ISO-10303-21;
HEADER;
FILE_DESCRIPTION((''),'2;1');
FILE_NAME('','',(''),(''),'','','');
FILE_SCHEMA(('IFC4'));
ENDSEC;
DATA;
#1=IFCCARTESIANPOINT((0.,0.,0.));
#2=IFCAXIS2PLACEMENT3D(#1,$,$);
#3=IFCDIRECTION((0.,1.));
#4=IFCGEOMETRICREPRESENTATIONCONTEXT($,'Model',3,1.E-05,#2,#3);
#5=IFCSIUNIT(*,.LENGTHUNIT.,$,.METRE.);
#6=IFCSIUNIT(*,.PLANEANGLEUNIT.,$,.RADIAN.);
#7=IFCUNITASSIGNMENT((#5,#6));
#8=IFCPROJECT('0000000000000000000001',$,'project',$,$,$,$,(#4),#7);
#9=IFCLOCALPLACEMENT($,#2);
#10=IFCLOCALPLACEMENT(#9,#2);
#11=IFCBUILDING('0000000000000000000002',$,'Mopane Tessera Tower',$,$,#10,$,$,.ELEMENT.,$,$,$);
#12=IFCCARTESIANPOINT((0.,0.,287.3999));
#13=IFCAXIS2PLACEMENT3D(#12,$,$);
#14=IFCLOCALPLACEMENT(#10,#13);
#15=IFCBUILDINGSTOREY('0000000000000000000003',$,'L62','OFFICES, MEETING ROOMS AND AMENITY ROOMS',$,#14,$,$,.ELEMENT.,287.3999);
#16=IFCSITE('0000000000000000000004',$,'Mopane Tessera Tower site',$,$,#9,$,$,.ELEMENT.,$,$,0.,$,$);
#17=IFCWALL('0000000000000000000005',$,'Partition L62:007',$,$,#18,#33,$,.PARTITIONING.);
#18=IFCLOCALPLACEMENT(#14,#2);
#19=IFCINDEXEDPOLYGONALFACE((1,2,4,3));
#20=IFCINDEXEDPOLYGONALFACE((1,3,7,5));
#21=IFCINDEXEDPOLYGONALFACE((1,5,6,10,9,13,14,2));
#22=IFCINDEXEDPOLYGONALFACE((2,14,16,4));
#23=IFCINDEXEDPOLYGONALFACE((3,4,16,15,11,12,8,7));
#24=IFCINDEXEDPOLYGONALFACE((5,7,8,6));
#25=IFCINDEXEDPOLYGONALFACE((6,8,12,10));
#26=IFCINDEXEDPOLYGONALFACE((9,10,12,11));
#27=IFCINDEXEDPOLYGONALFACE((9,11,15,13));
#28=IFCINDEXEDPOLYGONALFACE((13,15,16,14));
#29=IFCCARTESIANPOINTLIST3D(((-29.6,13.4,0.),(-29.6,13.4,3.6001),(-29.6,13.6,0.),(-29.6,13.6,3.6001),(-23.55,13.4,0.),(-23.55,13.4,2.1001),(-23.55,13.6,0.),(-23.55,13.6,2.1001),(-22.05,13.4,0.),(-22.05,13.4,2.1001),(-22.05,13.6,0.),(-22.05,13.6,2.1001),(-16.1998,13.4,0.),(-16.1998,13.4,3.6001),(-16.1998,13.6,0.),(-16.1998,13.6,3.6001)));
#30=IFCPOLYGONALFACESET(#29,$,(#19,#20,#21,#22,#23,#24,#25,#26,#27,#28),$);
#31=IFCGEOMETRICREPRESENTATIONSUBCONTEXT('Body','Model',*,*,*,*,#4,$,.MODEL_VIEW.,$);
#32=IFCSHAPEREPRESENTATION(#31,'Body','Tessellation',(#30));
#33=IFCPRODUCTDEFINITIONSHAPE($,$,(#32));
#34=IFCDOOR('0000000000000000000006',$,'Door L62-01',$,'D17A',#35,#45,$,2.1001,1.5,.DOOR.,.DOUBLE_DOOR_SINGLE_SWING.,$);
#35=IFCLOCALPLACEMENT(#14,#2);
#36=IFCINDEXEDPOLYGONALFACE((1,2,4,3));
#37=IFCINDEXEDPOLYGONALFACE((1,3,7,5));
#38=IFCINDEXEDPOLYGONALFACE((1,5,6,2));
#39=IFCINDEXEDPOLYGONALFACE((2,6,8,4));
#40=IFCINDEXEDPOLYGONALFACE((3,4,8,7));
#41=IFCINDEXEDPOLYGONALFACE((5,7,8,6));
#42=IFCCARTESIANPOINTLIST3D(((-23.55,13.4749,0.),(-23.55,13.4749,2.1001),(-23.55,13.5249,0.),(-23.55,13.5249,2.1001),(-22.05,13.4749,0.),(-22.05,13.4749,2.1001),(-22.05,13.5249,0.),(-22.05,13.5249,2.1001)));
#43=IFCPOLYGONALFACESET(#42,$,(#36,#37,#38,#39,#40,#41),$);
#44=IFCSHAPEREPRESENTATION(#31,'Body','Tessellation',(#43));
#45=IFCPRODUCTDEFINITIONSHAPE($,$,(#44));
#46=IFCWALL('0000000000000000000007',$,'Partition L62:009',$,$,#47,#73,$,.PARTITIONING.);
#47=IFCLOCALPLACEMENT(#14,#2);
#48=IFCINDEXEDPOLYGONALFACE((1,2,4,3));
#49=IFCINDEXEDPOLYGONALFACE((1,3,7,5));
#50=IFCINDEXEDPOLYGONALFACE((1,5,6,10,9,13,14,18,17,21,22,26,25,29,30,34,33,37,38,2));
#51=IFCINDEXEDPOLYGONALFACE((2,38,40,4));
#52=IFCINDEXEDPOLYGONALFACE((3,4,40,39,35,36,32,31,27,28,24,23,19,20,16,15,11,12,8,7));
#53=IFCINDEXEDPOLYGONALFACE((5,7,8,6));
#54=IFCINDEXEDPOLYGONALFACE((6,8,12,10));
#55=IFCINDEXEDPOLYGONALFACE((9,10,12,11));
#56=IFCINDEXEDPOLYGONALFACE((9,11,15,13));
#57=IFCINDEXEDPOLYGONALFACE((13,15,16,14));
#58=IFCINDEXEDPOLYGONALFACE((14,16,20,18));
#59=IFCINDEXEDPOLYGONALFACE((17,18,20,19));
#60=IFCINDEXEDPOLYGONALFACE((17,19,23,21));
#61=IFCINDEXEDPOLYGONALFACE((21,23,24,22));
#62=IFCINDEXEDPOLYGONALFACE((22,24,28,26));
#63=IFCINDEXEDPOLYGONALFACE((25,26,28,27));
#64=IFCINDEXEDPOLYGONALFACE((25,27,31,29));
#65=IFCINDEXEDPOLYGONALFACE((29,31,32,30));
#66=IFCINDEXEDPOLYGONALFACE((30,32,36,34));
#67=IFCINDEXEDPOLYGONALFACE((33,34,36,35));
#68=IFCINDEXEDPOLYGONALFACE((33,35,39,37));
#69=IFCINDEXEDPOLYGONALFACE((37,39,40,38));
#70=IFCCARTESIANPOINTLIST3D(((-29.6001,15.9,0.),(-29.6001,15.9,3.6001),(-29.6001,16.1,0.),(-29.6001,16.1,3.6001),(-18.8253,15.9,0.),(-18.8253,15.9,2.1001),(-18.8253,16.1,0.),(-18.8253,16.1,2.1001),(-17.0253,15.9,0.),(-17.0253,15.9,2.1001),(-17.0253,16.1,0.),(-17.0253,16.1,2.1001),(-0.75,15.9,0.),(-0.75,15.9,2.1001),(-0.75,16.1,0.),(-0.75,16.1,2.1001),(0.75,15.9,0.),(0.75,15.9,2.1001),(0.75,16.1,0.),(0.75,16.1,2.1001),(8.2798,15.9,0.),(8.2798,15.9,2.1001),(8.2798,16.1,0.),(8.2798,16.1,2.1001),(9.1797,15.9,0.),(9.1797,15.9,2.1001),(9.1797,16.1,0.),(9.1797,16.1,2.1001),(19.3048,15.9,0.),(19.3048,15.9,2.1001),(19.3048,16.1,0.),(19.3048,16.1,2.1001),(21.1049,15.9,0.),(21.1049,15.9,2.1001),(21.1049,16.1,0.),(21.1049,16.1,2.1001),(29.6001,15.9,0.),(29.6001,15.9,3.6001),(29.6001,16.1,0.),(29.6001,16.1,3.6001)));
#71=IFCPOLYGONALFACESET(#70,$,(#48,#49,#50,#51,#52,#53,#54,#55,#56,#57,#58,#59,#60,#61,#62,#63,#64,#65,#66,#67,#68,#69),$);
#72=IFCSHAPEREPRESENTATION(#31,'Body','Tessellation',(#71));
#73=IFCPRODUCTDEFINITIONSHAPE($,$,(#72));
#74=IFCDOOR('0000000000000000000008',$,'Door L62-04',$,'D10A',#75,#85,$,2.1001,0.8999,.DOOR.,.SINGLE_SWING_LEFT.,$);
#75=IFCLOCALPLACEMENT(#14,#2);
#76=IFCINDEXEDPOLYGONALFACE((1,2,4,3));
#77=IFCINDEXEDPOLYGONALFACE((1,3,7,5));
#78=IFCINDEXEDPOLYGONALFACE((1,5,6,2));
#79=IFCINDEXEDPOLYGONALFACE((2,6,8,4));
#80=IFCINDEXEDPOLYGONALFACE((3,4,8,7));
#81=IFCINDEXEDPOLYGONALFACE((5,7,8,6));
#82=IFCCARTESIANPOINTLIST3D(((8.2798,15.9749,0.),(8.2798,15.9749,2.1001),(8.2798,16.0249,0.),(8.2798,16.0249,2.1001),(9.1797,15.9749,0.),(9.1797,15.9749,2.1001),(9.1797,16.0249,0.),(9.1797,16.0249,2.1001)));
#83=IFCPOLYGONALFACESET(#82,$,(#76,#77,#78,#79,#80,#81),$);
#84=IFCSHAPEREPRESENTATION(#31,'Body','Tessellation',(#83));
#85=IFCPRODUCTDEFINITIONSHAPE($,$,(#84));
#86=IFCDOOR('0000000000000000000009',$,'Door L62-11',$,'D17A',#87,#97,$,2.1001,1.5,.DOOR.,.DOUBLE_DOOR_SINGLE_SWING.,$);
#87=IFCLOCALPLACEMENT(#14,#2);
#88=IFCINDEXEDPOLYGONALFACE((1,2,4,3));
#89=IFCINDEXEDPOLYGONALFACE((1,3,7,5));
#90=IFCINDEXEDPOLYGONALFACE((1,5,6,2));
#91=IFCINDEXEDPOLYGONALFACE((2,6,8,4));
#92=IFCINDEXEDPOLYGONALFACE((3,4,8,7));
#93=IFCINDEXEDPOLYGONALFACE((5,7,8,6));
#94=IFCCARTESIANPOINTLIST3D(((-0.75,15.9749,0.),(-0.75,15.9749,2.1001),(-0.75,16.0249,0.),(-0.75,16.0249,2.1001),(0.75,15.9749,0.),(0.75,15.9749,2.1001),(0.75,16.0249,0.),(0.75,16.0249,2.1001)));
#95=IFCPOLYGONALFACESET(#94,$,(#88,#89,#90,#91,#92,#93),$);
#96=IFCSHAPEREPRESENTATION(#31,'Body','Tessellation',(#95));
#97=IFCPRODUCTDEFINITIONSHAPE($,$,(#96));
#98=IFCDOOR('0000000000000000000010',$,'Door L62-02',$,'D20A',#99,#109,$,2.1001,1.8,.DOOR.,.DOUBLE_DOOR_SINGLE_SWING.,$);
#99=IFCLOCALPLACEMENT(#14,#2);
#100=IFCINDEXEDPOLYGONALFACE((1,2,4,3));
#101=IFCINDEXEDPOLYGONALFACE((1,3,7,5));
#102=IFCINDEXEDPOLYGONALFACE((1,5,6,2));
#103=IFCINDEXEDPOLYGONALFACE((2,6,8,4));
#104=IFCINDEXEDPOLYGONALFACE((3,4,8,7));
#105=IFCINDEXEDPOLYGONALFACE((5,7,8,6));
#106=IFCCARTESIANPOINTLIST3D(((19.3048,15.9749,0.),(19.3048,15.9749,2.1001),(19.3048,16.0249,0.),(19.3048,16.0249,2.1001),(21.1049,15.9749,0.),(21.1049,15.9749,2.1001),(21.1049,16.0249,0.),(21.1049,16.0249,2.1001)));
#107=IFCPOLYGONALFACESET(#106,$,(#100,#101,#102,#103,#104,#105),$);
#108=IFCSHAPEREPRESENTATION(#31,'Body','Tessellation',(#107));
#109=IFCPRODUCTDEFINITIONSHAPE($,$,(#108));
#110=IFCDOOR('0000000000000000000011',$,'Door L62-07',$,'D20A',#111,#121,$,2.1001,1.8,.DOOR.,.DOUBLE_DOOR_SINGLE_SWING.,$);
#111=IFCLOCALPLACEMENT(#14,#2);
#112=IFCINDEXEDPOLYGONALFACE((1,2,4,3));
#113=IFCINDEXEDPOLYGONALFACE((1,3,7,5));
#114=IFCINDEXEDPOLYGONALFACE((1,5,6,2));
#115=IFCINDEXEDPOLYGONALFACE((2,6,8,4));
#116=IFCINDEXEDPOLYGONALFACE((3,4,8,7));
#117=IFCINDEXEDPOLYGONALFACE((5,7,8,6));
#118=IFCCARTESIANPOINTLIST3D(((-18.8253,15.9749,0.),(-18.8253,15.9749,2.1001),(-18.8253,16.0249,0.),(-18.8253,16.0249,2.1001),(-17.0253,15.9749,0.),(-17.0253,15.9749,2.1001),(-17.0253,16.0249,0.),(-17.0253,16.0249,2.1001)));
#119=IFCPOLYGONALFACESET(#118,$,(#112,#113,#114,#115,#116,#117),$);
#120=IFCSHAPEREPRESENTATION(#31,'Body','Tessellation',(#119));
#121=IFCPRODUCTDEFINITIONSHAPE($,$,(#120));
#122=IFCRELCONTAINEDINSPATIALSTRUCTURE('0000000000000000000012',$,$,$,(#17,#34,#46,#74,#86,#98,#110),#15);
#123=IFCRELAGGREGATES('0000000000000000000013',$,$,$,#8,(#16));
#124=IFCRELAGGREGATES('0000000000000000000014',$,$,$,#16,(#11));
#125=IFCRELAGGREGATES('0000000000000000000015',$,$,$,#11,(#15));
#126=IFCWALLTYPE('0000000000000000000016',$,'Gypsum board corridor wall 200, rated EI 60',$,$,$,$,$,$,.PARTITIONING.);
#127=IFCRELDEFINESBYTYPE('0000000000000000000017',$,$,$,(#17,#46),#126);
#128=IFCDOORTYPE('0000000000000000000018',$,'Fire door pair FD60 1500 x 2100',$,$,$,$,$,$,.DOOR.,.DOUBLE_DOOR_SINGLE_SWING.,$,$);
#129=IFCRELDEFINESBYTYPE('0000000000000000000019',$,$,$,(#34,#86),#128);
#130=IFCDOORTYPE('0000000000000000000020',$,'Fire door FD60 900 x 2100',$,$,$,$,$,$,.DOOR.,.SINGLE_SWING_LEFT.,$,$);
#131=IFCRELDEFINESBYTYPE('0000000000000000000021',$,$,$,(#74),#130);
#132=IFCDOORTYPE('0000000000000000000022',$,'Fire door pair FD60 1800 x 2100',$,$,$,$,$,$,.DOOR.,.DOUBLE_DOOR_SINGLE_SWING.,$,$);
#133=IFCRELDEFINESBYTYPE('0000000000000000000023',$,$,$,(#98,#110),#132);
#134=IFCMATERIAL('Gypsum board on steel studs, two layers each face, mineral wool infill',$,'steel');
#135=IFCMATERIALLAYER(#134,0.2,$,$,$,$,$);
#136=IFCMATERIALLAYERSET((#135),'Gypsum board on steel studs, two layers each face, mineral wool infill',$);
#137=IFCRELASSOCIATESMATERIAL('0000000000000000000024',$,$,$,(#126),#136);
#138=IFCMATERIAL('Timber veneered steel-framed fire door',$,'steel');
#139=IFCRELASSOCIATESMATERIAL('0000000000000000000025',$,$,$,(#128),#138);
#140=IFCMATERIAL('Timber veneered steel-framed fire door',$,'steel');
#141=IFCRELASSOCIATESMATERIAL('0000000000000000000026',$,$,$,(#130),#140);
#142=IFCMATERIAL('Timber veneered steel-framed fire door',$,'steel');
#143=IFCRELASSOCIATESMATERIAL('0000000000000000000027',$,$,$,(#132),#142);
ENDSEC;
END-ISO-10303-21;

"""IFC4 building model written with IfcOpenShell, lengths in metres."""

from ifc_helpers import new_model, si_unit, direction, frame, frame_2d, origin, place, context, subcontext, project, spatial, rectangle, extrude, material, layer, layer_set, type_object, element, fill, save


model = new_model("IFC4")

# Units and contexts
model_context = context("Model", 3, precision=1e-05, world=origin(), true_north=direction((0.0, 1.0)))
body_context = subcontext(model_context, "Body", "Model", "MODEL_VIEW")
ifc_project = project(units=[si_unit("LENGTHUNIT", "METRE"), si_unit("PLANEANGLEUNIT", "RADIAN")], contexts=[model_context])

# Site, building, storey
site_placement = place(None, origin())
site = spatial("IfcSite", under=ifc_project, at=site_placement, Name="Mopane Tessera Tower site", CompositionType="ELEMENT", RefElevation=0.0)
building_placement = place(site_placement, origin())
building = spatial("IfcBuilding", under=site, at=building_placement, Name="Mopane Tessera Tower", CompositionType="ELEMENT")
storey_placement = place(building_placement, frame((0.0, 0.0, 287.3999)))
storey = spatial("IfcBuildingStorey", under=building, at=storey_placement, Name="L62", Description="OFFICES, MEETING ROOMS AND AMENITY ROOMS", CompositionType="ELEMENT", Elevation=287.3999)

# Wall, opening, door
ifc_material_1 = material(Name="Gypsum board on steel studs, two layers each face, mineral wool infill", Category="steel")
ifc_layer_1 = layer(ifc_material_1, 0.2)
ifc_layer_set_1 = layer_set([ifc_layer_1], Name="Gypsum board on steel studs, two layers each face, mineral wool infill")
wall_type = type_object("IfcWallType", Name="Gypsum board corridor wall 200, rated EI 60", PredefinedType="PARTITIONING", material=ifc_layer_set_1)
wall_1_placement = place(storey_placement, frame((-29.6001, 13.5, 0.0), z_axis=(0.0, 0.0, 1.0), x_axis=(1.0, 0.0, 0.0)))
wall_1 = element("IfcWall", 1, at=wall_1_placement, inside=storey, type_object=wall_type, Name="Partition L62:007", PredefinedType="PARTITIONING", context=body_context, shape_type="SweptSolid", body=[
    extrude(rectangle(XDim=13.4001, YDim=0.2, at=frame_2d((6.7002, 0.0))), origin(), (0.0, 0.0, 1.0), 3.6001),
])
opening_1_placement = place(wall_1_placement, frame((6.05, 0.0, 0.0)))
opening_1 = element("IfcOpeningElement", 2, at=opening_1_placement, cuts=wall_1, PredefinedType="OPENING", context=body_context, shape_type="SweptSolid", body=[
    extrude(rectangle(XDim=1.5, YDim=2.1001, at=frame_2d((0.75, 1.05))), frame((0.0, 0.1121, 0.0), z_axis=(0.0, -1.0, 0.0), x_axis=(1.0, 0.0, 0.0)), (0.0, 0.0, 1.0), 0.2239),
])
ifc_material_2 = material(Name="Timber veneered steel-framed fire door", Category="steel")
door_type_1 = type_object("IfcDoorType", Name="Fire door pair FD60 1500 x 2100", OperationType="DOUBLE_DOOR_SINGLE_SWING", PredefinedType="DOOR", material=ifc_material_2)
door_1_placement = place(opening_1_placement, origin())
door_1 = element("IfcDoor", 3, at=door_1_placement, inside=storey, type_object=door_type_1, Name="Door L62-01", ObjectType="D17A", OperationType="DOUBLE_DOOR_SINGLE_SWING", OverallHeight=2.1001, OverallWidth=1.5, PredefinedType="DOOR", context=body_context, shape_type="SweptSolid", body=[
    extrude(rectangle(XDim=1.5, YDim=2.1001, at=frame_2d((0.75, 1.05))), frame((0.0, 0.0249, 0.0), z_axis=(0.0, -1.0, 0.0), x_axis=(1.0, 0.0, 0.0)), (0.0, 0.0, 1.0), 0.05),
])
fill(opening_1, door_1)

# Wall, openings, doors
wall_2_placement = place(storey_placement, frame((-29.6001, 16.0, 0.0), z_axis=(0.0, 0.0, 1.0), x_axis=(1.0, 0.0, 0.0)))
wall_2 = element("IfcWall", 4, at=wall_2_placement, inside=storey, type_object=wall_type, Name="Partition L62:009", PredefinedType="PARTITIONING", context=body_context, shape_type="SweptSolid", body=[
    extrude(rectangle(XDim=59.2002, YDim=0.2, at=frame_2d((29.6001, 0.0))), origin(), (0.0, 0.0, 1.0), 3.6001),
])
opening_2_placement = place(wall_2_placement, frame((48.905, 0.0, 0.0)))
opening_2 = element("IfcOpeningElement", 5, at=opening_2_placement, cuts=wall_2, PredefinedType="OPENING", context=body_context, shape_type="SweptSolid", body=[
    extrude(rectangle(XDim=1.8, YDim=2.1001, at=frame_2d((0.8999, 1.05))), frame((0.0, 0.1121, 0.0), z_axis=(0.0, -1.0, 0.0), x_axis=(1.0, 0.0, 0.0)), (0.0, 0.0, 1.0), 0.2239),
])
opening_3_placement = place(wall_2_placement, frame((37.8799, 0.0, 0.0)))
opening_3 = element("IfcOpeningElement", 6, at=opening_3_placement, cuts=wall_2, PredefinedType="OPENING", context=body_context, shape_type="SweptSolid", body=[
    extrude(rectangle(XDim=0.8999, YDim=2.1001, at=frame_2d((0.45, 1.05))), frame((0.0, 0.1121, 0.0), z_axis=(0.0, -1.0, 0.0), x_axis=(1.0, 0.0, 0.0)), (0.0, 0.0, 1.0), 0.2239),
])
opening_4_placement = place(wall_2_placement, frame((10.7749, 0.0, 0.0)))
opening_4 = element("IfcOpeningElement", 7, at=opening_4_placement, cuts=wall_2, PredefinedType="OPENING", context=body_context, shape_type="SweptSolid", body=[
    extrude(rectangle(XDim=1.8, YDim=2.1001, at=frame_2d((0.8999, 1.05))), frame((0.0, 0.1121, 0.0), z_axis=(0.0, -1.0, 0.0), x_axis=(1.0, 0.0, 0.0)), (0.0, 0.0, 1.0), 0.2239),
])
opening_5_placement = place(wall_2_placement, frame((28.8501, 0.0, 0.0)))
opening_5 = element("IfcOpeningElement", 8, at=opening_5_placement, cuts=wall_2, PredefinedType="OPENING", context=body_context, shape_type="SweptSolid", body=[
    extrude(rectangle(XDim=1.5, YDim=2.1001, at=frame_2d((0.75, 1.05))), frame((0.0, 0.1121, 0.0), z_axis=(0.0, -1.0, 0.0), x_axis=(1.0, 0.0, 0.0)), (0.0, 0.0, 1.0), 0.2239),
])
ifc_material_3 = material(Name="Timber veneered steel-framed fire door", Category="steel")
door_type_2 = type_object("IfcDoorType", Name="Fire door FD60 900 x 2100", OperationType="SINGLE_SWING_LEFT", PredefinedType="DOOR", material=ifc_material_3)
door_2_placement = place(opening_3_placement, origin())
door_2 = element("IfcDoor", 9, at=door_2_placement, inside=storey, type_object=door_type_2, Name="Door L62-04", ObjectType="D10A", OperationType="SINGLE_SWING_LEFT", OverallHeight=2.1001, OverallWidth=0.8999, PredefinedType="DOOR", context=body_context, shape_type="SweptSolid", body=[
    extrude(rectangle(XDim=0.8999, YDim=2.1001, at=frame_2d((0.45, 1.05))), frame((0.0, 0.0249, 0.0), z_axis=(0.0, -1.0, 0.0), x_axis=(1.0, 0.0, 0.0)), (0.0, 0.0, 1.0), 0.05),
])
fill(opening_3, door_2)
door_3_placement = place(opening_5_placement, origin())
door_3 = element("IfcDoor", 10, at=door_3_placement, inside=storey, type_object=door_type_1, Name="Door L62-11", ObjectType="D17A", OperationType="DOUBLE_DOOR_SINGLE_SWING", OverallHeight=2.1001, OverallWidth=1.5, PredefinedType="DOOR", context=body_context, shape_type="SweptSolid", body=[
    extrude(rectangle(XDim=1.5, YDim=2.1001, at=frame_2d((0.75, 1.05))), frame((0.0, 0.0249, 0.0), z_axis=(0.0, -1.0, 0.0), x_axis=(1.0, 0.0, 0.0)), (0.0, 0.0, 1.0), 0.05),
])
fill(opening_5, door_3)
ifc_material_4 = material(Name="Timber veneered steel-framed fire door", Category="steel")
door_type_3 = type_object("IfcDoorType", Name="Fire door pair FD60 1800 x 2100", OperationType="DOUBLE_DOOR_SINGLE_SWING", PredefinedType="DOOR", material=ifc_material_4)
door_4_placement = place(opening_2_placement, origin())
door_4 = element("IfcDoor", 11, at=door_4_placement, inside=storey, type_object=door_type_3, Name="Door L62-02", ObjectType="D20A", OperationType="DOUBLE_DOOR_SINGLE_SWING", OverallHeight=2.1001, OverallWidth=1.8, PredefinedType="DOOR", context=body_context, shape_type="SweptSolid", body=[
    extrude(rectangle(XDim=1.8, YDim=2.1001, at=frame_2d((0.8999, 1.05))), frame((0.0, 0.0249, 0.0), z_axis=(0.0, -1.0, 0.0), x_axis=(1.0, 0.0, 0.0)), (0.0, 0.0, 1.0), 0.05),
])
fill(opening_2, door_4)
door_5_placement = place(opening_4_placement, origin())
door_5 = element("IfcDoor", 12, at=door_5_placement, inside=storey, type_object=door_type_3, Name="Door L62-07", ObjectType="D20A", OperationType="DOUBLE_DOOR_SINGLE_SWING", OverallHeight=2.1001, OverallWidth=1.8, PredefinedType="DOOR", context=body_context, shape_type="SweptSolid", body=[
    extrude(rectangle(XDim=1.8, YDim=2.1001, at=frame_2d((0.8999, 1.05))), frame((0.0, 0.0249, 0.0), z_axis=(0.0, -1.0, 0.0), x_axis=(1.0, 0.0, 0.0)), (0.0, 0.0, 1.0), 0.05),
])
fill(opening_4, door_5)

save(model, "model.ifc")
